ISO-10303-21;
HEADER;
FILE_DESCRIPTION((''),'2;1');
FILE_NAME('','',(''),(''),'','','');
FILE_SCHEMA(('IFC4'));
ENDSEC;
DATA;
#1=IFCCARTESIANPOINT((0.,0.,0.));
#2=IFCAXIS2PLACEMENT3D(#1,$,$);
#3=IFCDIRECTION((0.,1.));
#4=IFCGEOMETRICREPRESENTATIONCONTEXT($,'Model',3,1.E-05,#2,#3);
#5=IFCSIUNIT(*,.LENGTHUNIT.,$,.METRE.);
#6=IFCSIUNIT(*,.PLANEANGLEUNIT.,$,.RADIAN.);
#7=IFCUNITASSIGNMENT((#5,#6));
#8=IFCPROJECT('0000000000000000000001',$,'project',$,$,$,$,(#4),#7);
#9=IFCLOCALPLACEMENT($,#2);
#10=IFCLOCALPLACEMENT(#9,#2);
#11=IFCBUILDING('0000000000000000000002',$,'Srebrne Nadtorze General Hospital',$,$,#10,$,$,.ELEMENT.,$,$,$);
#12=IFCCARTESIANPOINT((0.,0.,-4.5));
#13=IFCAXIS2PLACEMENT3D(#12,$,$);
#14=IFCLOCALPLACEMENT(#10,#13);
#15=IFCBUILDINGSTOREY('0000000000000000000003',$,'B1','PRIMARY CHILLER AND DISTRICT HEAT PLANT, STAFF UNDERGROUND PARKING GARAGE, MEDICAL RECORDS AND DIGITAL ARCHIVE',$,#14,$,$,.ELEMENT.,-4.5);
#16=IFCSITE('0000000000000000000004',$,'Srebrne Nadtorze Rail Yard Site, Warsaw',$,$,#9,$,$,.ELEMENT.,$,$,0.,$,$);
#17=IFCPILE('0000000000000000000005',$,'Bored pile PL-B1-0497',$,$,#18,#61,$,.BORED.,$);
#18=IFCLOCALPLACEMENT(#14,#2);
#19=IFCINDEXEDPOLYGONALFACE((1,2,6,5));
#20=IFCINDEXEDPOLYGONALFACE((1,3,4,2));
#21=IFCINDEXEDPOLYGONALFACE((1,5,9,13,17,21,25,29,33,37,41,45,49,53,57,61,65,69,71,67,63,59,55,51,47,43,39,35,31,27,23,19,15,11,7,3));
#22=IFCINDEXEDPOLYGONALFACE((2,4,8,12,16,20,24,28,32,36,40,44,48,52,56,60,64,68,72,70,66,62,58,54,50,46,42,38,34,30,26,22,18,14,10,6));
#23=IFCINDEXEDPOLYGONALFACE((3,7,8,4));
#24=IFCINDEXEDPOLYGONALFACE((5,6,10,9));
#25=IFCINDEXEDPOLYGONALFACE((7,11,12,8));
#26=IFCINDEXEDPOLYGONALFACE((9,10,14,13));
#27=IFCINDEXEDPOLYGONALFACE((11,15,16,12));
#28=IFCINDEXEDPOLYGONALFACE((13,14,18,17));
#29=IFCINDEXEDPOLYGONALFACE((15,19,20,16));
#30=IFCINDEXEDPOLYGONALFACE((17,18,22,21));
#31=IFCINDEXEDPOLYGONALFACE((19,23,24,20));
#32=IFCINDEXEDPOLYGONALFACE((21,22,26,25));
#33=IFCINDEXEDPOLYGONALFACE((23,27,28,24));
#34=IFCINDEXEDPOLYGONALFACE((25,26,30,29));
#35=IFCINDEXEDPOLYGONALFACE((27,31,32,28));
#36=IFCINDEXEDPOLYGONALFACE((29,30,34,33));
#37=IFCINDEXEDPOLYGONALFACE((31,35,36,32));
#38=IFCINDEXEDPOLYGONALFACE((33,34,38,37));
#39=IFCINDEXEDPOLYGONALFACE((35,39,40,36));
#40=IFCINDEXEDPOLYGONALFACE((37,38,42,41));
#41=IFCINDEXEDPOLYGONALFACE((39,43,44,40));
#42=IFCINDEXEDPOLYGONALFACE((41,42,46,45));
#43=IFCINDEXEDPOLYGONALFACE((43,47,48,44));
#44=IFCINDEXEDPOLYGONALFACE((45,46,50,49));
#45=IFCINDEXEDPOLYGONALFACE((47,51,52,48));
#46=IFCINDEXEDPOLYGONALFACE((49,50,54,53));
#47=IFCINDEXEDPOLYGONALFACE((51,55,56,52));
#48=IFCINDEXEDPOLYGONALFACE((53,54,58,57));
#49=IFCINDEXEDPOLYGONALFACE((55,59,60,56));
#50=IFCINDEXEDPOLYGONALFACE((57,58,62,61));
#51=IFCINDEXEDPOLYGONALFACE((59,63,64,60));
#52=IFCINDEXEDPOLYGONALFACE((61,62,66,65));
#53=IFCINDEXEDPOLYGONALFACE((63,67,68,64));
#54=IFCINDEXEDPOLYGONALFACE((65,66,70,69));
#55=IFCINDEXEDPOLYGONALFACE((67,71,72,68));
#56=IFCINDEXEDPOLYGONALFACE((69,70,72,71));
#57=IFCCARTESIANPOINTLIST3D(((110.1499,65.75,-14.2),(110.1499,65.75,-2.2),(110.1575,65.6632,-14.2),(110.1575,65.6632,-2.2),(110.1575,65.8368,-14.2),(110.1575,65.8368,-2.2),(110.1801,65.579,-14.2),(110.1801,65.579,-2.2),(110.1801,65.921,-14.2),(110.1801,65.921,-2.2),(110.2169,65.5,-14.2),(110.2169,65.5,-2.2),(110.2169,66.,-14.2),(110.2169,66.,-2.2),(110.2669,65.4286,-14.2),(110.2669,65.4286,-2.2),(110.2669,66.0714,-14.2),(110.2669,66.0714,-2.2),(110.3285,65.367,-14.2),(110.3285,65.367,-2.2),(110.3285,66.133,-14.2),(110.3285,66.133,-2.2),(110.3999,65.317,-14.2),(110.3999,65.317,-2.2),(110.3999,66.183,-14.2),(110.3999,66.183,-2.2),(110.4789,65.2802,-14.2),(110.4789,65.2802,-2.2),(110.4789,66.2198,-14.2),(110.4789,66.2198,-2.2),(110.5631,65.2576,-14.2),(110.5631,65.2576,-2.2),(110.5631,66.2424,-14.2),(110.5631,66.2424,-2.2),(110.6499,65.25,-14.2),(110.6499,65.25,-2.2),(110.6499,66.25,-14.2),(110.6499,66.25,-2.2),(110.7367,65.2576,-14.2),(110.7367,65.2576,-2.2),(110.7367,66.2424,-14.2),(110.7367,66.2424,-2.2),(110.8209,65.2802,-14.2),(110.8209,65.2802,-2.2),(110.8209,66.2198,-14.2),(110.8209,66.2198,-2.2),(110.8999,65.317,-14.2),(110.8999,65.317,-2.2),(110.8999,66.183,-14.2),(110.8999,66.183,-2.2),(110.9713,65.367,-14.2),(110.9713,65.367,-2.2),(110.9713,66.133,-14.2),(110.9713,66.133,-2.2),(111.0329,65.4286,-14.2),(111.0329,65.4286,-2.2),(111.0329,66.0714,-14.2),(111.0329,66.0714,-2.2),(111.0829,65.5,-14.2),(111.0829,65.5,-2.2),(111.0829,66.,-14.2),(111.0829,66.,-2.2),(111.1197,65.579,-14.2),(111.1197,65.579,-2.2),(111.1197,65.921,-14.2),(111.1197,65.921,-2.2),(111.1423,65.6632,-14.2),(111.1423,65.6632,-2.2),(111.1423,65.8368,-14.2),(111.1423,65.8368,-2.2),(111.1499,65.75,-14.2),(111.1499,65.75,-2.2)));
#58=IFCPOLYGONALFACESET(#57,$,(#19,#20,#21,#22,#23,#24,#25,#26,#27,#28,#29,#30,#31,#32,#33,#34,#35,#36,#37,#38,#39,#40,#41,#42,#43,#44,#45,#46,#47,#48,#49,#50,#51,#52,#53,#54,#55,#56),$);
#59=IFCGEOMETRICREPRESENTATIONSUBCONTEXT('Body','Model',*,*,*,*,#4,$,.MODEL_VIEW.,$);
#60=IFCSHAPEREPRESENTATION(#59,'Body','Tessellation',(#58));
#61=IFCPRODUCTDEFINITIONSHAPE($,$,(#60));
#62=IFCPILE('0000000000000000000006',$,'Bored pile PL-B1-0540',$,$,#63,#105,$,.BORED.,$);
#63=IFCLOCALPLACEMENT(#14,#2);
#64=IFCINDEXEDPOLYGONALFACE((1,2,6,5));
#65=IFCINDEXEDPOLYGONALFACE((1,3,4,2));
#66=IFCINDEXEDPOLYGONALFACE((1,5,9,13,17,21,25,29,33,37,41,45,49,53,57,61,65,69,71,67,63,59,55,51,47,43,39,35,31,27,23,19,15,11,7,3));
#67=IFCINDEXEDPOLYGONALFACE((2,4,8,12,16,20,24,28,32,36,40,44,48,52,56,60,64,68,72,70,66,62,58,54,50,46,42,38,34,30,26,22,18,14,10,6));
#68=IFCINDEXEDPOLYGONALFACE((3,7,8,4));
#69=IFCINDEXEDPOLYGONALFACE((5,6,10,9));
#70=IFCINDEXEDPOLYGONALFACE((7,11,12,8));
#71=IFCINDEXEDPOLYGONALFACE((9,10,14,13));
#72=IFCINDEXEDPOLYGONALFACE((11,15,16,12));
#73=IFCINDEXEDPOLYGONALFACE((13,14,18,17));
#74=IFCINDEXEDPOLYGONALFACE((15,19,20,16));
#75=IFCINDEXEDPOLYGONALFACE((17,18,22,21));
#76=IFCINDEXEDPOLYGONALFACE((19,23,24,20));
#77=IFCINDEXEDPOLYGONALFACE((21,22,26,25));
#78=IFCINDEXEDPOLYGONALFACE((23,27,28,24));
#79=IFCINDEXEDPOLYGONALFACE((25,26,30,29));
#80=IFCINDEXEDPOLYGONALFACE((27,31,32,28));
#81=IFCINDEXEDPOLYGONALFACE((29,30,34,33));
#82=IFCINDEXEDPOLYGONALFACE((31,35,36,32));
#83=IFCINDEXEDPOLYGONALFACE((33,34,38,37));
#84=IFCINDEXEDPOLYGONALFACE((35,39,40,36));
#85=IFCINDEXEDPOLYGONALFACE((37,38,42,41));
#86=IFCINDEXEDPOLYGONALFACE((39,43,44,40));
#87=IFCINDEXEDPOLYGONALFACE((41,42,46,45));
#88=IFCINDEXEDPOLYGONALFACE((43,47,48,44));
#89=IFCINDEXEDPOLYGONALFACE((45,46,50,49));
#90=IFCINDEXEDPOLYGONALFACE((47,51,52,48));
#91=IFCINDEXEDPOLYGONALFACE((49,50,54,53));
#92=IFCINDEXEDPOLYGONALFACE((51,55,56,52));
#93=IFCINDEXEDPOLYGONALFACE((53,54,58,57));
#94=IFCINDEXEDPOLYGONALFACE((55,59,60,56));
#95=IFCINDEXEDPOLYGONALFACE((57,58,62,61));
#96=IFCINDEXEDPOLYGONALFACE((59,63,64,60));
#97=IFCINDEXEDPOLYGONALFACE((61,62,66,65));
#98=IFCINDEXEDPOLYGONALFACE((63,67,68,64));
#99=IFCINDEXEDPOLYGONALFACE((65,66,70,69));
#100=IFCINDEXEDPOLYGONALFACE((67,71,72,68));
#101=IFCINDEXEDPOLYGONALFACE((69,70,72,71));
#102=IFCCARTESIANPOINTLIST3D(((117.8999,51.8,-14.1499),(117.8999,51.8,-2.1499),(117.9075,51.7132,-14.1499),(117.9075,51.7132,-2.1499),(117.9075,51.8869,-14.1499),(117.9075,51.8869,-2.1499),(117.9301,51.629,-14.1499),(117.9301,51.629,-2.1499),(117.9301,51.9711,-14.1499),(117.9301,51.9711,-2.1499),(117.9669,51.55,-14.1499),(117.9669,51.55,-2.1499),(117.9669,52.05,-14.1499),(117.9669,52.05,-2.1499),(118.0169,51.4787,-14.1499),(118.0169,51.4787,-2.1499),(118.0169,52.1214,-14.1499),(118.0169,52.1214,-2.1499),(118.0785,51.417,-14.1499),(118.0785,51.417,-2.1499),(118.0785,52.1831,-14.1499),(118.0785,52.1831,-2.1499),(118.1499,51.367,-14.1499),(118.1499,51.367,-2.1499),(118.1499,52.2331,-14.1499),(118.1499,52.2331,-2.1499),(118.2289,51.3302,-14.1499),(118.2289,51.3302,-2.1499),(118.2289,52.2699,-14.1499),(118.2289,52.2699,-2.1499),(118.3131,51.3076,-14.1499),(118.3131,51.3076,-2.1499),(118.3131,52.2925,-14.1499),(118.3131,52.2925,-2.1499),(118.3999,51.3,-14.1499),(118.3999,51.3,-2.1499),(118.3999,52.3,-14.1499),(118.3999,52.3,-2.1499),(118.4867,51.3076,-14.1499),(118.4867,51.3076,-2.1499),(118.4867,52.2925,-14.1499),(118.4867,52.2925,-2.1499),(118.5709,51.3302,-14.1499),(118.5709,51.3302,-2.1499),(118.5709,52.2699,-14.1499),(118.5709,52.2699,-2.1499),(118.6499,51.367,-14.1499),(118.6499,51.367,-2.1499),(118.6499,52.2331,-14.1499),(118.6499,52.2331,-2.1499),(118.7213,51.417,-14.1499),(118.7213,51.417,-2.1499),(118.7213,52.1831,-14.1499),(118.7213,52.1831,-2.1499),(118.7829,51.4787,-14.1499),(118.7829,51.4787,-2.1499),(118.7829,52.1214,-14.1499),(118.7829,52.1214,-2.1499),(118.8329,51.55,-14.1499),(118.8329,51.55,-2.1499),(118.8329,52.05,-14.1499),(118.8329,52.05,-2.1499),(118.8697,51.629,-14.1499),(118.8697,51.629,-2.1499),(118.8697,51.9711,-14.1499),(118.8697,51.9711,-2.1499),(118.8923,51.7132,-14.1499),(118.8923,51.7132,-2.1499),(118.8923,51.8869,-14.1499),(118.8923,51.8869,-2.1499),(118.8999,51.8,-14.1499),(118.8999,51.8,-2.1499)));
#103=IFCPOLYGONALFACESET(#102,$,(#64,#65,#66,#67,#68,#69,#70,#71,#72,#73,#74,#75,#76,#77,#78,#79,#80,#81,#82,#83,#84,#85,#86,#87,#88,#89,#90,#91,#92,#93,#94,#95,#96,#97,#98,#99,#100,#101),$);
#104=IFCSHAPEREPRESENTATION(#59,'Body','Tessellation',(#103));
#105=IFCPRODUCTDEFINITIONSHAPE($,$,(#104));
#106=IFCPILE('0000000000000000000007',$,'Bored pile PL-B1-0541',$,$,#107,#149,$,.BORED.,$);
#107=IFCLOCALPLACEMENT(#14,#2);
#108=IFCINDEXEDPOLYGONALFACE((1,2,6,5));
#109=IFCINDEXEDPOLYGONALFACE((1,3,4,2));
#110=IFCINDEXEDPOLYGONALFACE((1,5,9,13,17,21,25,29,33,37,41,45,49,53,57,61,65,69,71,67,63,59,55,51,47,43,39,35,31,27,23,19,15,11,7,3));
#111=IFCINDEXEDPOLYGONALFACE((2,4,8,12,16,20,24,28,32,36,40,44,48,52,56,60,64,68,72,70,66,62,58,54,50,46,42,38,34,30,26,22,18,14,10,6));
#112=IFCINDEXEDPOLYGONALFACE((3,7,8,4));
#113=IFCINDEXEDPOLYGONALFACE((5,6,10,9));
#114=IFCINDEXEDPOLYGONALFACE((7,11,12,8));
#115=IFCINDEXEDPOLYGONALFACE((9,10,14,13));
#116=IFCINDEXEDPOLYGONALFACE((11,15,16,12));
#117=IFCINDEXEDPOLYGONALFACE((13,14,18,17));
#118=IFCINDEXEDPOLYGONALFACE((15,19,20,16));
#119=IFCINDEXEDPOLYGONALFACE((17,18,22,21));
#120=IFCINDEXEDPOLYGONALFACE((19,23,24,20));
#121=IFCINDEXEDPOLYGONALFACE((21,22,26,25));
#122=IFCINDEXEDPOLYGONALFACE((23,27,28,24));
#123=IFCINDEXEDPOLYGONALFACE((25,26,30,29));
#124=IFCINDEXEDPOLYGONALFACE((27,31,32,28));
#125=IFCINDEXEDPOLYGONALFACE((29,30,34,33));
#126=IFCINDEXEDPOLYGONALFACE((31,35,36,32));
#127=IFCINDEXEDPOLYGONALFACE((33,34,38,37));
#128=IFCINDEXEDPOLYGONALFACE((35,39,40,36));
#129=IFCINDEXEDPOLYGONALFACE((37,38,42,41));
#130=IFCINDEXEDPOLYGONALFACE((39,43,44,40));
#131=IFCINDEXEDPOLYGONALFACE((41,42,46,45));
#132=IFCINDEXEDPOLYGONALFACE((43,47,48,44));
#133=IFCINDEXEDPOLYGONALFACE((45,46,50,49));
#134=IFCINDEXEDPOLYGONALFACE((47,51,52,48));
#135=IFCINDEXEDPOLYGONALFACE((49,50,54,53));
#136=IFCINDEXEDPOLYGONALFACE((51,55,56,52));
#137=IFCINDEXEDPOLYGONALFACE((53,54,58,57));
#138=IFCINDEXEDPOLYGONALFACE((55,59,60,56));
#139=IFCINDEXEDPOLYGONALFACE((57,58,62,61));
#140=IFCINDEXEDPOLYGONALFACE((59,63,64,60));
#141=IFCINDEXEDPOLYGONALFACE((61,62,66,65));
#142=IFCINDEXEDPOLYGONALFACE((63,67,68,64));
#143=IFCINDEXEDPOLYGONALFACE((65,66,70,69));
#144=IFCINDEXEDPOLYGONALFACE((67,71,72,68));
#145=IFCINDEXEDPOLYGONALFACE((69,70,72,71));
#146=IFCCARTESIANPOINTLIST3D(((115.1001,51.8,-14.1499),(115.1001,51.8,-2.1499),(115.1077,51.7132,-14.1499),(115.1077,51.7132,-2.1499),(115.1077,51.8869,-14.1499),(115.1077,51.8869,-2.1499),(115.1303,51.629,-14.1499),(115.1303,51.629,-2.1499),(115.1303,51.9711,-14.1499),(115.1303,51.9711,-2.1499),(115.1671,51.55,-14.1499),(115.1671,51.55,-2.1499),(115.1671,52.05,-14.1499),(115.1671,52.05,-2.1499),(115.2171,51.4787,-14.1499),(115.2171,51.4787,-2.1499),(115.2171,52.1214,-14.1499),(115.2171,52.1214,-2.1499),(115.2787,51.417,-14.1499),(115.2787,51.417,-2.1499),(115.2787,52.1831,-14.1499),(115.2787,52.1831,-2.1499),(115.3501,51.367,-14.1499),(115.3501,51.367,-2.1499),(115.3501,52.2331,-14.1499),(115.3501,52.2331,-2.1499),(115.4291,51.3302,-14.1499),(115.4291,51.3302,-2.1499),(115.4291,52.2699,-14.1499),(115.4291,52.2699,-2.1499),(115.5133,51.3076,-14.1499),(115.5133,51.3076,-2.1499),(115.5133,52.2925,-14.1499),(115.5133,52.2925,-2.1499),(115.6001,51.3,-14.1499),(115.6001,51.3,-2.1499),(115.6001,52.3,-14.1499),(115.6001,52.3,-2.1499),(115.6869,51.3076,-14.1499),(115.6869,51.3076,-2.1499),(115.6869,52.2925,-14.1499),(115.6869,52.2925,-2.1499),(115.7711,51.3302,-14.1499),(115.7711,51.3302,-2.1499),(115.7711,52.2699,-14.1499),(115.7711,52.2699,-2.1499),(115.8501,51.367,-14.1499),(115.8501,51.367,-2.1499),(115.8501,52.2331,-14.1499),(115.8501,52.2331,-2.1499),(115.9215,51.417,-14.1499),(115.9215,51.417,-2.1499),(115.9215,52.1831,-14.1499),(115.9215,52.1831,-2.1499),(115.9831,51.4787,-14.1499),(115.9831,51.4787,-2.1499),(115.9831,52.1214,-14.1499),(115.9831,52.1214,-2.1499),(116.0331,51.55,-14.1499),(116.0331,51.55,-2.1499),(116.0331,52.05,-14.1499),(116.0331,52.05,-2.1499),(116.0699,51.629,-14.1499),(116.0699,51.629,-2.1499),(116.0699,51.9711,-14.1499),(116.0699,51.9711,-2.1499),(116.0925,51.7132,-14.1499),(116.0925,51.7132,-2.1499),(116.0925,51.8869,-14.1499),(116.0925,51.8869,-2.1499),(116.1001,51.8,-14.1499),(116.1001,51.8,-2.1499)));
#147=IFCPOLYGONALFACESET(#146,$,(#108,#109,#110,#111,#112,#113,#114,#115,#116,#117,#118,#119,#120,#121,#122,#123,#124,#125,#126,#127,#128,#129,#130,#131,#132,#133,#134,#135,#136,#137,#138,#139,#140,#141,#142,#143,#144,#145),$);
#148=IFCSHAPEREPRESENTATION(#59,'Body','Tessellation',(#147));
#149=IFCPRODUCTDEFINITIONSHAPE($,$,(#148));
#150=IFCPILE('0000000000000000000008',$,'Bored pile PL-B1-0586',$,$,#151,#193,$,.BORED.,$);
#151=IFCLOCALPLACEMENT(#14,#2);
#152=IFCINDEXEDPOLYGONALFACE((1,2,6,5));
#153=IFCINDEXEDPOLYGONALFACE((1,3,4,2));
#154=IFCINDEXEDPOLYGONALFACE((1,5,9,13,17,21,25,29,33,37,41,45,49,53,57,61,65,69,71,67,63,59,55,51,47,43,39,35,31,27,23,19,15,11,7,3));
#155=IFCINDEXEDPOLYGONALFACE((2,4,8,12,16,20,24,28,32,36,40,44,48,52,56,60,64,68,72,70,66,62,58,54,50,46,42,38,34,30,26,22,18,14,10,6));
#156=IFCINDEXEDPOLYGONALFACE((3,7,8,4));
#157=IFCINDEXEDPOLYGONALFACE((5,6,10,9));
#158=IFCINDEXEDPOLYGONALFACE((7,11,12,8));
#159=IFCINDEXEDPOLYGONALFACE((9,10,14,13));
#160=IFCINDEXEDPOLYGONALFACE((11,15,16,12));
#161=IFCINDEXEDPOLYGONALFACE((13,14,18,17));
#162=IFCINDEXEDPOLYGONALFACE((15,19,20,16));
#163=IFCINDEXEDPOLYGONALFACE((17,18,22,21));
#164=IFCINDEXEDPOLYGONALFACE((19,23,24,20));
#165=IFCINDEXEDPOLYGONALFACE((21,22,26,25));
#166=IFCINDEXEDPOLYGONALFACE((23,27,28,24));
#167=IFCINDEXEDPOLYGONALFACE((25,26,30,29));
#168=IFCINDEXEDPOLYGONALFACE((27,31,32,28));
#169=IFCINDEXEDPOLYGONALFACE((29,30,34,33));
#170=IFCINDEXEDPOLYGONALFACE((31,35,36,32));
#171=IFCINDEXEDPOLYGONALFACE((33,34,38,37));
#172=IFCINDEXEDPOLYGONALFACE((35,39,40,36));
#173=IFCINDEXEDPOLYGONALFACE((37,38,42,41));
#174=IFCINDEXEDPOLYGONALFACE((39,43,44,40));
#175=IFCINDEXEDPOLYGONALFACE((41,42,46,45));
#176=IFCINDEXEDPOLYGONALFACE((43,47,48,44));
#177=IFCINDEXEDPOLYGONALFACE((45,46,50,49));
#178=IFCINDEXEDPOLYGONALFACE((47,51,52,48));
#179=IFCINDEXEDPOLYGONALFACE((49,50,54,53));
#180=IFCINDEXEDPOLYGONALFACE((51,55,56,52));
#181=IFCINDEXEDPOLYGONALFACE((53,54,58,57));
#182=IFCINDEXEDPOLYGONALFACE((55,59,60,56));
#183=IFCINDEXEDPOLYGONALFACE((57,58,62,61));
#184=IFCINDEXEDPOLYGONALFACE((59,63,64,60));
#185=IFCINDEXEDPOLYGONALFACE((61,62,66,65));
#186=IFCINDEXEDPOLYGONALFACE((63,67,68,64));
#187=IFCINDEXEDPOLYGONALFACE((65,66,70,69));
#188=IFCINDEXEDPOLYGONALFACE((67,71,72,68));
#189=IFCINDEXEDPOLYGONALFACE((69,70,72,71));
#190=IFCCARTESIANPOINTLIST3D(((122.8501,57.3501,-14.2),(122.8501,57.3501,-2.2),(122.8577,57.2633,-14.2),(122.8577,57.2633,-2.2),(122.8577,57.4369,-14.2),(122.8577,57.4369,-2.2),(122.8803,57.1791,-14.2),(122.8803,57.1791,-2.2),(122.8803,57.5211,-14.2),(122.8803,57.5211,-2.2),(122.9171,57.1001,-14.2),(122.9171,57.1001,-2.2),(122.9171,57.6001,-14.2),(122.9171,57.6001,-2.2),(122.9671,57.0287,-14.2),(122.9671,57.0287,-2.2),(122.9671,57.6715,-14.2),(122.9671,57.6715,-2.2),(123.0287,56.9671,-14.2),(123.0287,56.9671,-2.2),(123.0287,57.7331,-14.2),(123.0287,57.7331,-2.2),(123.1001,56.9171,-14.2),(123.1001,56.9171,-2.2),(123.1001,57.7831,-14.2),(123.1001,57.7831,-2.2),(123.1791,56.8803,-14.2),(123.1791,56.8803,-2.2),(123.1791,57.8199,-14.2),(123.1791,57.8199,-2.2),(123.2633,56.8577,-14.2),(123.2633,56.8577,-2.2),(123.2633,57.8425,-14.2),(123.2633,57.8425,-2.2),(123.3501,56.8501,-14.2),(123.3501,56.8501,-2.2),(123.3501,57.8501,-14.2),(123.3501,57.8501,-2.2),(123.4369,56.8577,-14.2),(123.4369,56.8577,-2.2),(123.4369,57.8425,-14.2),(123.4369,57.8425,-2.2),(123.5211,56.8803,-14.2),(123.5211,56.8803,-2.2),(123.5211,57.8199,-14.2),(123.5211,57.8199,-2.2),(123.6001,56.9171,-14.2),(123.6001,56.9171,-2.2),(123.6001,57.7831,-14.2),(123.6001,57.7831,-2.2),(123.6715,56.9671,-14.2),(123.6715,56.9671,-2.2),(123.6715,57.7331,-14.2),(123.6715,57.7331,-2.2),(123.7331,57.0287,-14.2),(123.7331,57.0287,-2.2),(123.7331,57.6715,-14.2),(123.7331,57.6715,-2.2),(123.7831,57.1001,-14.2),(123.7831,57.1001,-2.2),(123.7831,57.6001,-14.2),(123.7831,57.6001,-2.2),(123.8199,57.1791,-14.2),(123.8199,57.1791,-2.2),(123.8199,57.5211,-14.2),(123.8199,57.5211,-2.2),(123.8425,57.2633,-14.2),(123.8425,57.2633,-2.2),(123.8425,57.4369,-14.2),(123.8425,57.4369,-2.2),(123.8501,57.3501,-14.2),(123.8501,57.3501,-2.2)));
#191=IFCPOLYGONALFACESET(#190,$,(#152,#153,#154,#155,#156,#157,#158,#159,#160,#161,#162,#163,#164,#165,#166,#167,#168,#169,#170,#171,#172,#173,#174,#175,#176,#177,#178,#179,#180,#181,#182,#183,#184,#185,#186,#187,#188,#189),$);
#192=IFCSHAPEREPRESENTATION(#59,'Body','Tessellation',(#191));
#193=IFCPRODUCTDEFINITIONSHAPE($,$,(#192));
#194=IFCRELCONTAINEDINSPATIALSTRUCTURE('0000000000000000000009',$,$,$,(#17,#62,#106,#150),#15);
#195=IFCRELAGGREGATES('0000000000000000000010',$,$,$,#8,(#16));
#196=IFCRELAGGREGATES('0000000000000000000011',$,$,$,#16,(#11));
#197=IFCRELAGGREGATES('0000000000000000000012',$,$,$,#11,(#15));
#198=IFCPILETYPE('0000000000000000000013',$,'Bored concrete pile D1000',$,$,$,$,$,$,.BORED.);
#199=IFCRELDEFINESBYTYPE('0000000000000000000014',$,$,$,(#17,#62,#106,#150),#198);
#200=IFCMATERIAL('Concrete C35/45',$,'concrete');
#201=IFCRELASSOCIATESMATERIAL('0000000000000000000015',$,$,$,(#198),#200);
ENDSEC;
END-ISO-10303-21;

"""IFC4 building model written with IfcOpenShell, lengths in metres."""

from ifc_helpers import new_model, si_unit, direction, frame, origin, origin_2d, place, context, subcontext, project, spatial, circle, extrude, material, material_profile, profile_set, type_object, element, save


model = new_model("IFC4")

# Units and contexts
model_context = context("Model", 3, precision=1e-05, world=origin(), true_north=direction((0.0, 1.0)))
body_context = subcontext(model_context, "Body", "Model", "MODEL_VIEW")
ifc_project = project(units=[si_unit("LENGTHUNIT", "METRE"), si_unit("PLANEANGLEUNIT", "RADIAN")], contexts=[model_context])

# Site, building, storey
site_placement = place(None, origin())
site = spatial("IfcSite", under=ifc_project, at=site_placement, Name="Srebrne Nadtorze Rail Yard Site, Warsaw", CompositionType="ELEMENT", RefElevation=0.0)
building_placement = place(site_placement, origin())
building = spatial("IfcBuilding", under=site, at=building_placement, Name="Srebrne Nadtorze General Hospital", CompositionType="ELEMENT")
storey_placement = place(building_placement, frame((0.0, 0.0, -4.5)))
storey = spatial("IfcBuildingStorey", under=building, at=storey_placement, Name="B1", Description="PRIMARY CHILLER AND DISTRICT HEAT PLANT, STAFF UNDERGROUND PARKING GARAGE, MEDICAL RECORDS AND DIGITAL ARCHIVE", CompositionType="ELEMENT", Elevation=-4.5)

# Piles
ifc_material_1 = material(Name="Concrete C35/45", Category="concrete")
ifc_material_profile_1 = material_profile(ifc_material_1, circle(Radius=0.5, at=origin_2d()), Name="PILE-D1000")
ifc_profile_set_1 = profile_set([ifc_material_profile_1], Name="Concrete C35/45")
pile_type_1 = type_object("IfcPileType", Name="Bored concrete pile D1000", PredefinedType="BORED", material=ifc_profile_set_1)
for number, where, z_axis, x_axis, name in (
    (1, (110.6499, 65.75, -2.2), (0.0, 0.0, -1.0), (1.0, 0.0, 0.0), "Bored pile PL-B1-0497"),
    (2, (118.3999, 51.8, -2.1499), (0.0, 0.0, -1.0), (1.0, 0.0, 0.0), "Bored pile PL-B1-0540"),
    (3, (115.6001, 51.8, -2.1499), (0.0, 0.0, -1.0), (1.0, 0.0, 0.0), "Bored pile PL-B1-0541"),
    (4, (123.3501, 57.3501, -2.2), (0.0, 0.0, -1.0), (1.0, 0.0, 0.0), "Bored pile PL-B1-0586"),
):
    element("IfcPile", number, at=place(storey_placement, frame(where, z_axis=z_axis, x_axis=x_axis)), inside=storey, type_object=pile_type_1, Name=name, PredefinedType="BORED", context=body_context, shape_type="SweptSolid", body=[
        extrude(circle(Radius=0.5, at=origin_2d()), origin(), (0.0, 0.0, 1.0), 12.0),
    ])

save(model, "model.ifc")
